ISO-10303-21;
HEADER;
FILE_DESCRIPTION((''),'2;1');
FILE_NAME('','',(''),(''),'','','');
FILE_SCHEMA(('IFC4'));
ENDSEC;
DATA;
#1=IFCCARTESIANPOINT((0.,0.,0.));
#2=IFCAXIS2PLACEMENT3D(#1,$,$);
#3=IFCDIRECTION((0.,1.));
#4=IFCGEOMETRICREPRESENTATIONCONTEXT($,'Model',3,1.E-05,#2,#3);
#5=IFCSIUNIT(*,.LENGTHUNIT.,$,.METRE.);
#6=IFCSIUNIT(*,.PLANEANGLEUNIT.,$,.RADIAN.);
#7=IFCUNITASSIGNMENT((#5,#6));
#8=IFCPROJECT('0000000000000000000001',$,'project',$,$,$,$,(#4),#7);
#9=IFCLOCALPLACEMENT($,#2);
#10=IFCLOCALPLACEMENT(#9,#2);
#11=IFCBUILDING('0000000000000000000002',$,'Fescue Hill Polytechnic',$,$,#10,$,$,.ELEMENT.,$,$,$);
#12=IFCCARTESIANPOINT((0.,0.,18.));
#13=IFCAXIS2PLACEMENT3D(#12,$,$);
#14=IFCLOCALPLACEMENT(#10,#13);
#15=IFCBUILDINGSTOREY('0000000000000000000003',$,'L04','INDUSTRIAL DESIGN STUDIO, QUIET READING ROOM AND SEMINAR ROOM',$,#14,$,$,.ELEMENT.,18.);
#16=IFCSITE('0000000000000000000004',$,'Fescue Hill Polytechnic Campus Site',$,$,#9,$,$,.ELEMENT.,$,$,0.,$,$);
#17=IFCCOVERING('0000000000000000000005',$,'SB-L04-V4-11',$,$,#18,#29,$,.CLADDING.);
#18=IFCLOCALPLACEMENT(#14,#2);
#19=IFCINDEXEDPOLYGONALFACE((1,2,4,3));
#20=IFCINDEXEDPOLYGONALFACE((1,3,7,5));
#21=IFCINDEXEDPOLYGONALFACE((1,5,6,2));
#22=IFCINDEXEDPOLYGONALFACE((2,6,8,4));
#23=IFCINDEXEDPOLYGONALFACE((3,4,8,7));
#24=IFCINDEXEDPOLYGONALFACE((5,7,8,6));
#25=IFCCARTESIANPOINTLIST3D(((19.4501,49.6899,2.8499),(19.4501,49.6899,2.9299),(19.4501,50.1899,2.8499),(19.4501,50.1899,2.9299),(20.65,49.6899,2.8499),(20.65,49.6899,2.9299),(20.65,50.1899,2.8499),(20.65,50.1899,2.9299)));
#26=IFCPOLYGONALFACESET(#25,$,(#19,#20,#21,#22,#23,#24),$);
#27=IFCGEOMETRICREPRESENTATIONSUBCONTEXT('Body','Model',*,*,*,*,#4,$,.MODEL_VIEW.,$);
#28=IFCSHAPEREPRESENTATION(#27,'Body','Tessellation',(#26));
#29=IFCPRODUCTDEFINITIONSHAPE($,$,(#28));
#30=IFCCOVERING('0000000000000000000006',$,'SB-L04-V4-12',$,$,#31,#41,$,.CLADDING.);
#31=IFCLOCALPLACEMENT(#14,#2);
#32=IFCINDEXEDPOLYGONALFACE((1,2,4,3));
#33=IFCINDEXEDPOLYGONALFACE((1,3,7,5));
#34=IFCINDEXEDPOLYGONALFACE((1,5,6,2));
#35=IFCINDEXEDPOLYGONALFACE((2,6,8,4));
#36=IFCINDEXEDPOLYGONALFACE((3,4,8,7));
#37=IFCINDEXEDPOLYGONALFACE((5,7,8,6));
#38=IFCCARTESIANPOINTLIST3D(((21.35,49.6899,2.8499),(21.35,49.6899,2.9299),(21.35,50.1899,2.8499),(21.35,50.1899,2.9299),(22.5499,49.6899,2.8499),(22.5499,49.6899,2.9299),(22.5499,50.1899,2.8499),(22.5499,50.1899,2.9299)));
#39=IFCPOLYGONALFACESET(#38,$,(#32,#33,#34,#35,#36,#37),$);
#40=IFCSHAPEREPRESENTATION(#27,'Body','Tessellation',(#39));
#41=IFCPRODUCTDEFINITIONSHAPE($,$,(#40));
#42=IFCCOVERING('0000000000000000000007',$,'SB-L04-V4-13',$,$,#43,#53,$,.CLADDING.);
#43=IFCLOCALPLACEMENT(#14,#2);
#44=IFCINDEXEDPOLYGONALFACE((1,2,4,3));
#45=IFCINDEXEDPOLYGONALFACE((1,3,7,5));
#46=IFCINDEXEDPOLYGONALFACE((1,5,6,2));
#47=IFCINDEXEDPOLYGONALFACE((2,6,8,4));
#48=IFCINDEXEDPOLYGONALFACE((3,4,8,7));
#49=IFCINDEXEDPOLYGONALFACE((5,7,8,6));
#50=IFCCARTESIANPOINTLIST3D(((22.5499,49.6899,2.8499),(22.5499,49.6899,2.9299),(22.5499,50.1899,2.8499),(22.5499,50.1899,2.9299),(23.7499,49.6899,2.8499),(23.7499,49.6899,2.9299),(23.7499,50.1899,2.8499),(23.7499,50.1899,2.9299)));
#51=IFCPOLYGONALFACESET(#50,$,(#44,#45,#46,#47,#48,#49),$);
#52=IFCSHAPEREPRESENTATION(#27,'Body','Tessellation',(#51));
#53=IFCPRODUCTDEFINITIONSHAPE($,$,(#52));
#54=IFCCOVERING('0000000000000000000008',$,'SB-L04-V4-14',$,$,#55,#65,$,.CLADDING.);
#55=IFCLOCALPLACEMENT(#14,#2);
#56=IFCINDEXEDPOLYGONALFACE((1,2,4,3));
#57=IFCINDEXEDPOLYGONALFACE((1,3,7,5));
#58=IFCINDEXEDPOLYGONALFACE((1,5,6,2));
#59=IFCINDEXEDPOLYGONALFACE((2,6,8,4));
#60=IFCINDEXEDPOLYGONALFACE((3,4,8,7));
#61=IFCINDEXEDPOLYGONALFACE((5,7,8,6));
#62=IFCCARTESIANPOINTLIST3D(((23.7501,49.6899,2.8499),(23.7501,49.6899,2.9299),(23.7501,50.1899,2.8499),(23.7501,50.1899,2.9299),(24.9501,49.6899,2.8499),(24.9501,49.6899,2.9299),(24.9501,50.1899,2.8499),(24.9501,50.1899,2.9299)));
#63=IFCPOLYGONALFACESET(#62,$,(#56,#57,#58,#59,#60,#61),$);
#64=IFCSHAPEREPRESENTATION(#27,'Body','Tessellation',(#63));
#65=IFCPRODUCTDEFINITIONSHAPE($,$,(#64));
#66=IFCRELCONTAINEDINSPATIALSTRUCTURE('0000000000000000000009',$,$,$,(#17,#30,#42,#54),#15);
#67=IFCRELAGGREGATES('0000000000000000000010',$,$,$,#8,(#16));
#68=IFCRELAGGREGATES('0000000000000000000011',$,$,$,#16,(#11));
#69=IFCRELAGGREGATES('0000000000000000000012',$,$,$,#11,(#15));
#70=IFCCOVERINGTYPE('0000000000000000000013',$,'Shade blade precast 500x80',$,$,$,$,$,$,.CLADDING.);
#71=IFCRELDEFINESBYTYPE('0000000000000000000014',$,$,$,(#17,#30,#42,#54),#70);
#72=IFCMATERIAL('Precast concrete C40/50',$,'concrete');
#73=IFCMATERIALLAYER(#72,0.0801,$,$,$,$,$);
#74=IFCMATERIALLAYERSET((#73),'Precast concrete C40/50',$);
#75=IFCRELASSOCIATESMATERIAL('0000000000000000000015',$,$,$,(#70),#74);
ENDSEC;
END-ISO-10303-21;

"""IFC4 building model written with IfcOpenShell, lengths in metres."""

from ifc_helpers import new_model, si_unit, direction, frame, origin, origin_2d, place, context, subcontext, project, spatial, rectangle, extrude, material, layer, layer_set, type_object, element, save


model = new_model("IFC4")

# Units and contexts
model_context = context("Model", 3, precision=1e-05, world=origin(), true_north=direction((0.0, 1.0)))
body_context = subcontext(model_context, "Body", "Model", "MODEL_VIEW")
ifc_project = project(units=[si_unit("LENGTHUNIT", "METRE"), si_unit("PLANEANGLEUNIT", "RADIAN")], contexts=[model_context])

# Site, building, storey
site_placement = place(None, origin())
site = spatial("IfcSite", under=ifc_project, at=site_placement, Name="Fescue Hill Polytechnic Campus Site", CompositionType="ELEMENT", RefElevation=0.0)
building_placement = place(site_placement, origin())
building = spatial("IfcBuilding", under=site, at=building_placement, Name="Fescue Hill Polytechnic", CompositionType="ELEMENT")
storey_placement = place(building_placement, frame((0.0, 0.0, 18.0)))
storey = spatial("IfcBuildingStorey", under=building, at=storey_placement, Name="L04", Description="INDUSTRIAL DESIGN STUDIO, QUIET READING ROOM AND SEMINAR ROOM", CompositionType="ELEMENT", Elevation=18.0)

# Coverings
ifc_material_1 = material(Name="Precast concrete C40/50", Category="concrete")
ifc_layer_1 = layer(ifc_material_1, 0.0801)
ifc_layer_set_1 = layer_set([ifc_layer_1], Name="Precast concrete C40/50")
covering_type = type_object("IfcCoveringType", Name="Shade blade precast 500x80", PredefinedType="CLADDING", material=ifc_layer_set_1)
for number, where, z_axis, x_axis, name in (
    (1, (20.05, 49.9399, 2.8499), (0.0, 0.0, 1.0), (1.0, 0.0, 0.0), "SB-L04-V4-11"),
    (2, (21.95, 49.9399, 2.8499), (0.0, 0.0, 1.0), (1.0, 0.0, 0.0), "SB-L04-V4-12"),
    (3, (23.1499, 49.9399, 2.8499), (0.0, 0.0, 1.0), (1.0, 0.0, 0.0), "SB-L04-V4-13"),
    (4, (24.3501, 49.9399, 2.8499), (0.0, 0.0, 1.0), (1.0, 0.0, 0.0), "SB-L04-V4-14"),
):
    element("IfcCovering", number, at=place(storey_placement, frame(where, z_axis=z_axis, x_axis=x_axis)), inside=storey, type_object=covering_type, Name=name, PredefinedType="CLADDING", context=body_context, shape_type="SweptSolid", body=[
        extrude(rectangle(XDim=1.2, YDim=0.5, at=origin_2d()), origin(), (0.0, 0.0, 1.0), 0.0801),
    ])

save(model, "model.ifc")
